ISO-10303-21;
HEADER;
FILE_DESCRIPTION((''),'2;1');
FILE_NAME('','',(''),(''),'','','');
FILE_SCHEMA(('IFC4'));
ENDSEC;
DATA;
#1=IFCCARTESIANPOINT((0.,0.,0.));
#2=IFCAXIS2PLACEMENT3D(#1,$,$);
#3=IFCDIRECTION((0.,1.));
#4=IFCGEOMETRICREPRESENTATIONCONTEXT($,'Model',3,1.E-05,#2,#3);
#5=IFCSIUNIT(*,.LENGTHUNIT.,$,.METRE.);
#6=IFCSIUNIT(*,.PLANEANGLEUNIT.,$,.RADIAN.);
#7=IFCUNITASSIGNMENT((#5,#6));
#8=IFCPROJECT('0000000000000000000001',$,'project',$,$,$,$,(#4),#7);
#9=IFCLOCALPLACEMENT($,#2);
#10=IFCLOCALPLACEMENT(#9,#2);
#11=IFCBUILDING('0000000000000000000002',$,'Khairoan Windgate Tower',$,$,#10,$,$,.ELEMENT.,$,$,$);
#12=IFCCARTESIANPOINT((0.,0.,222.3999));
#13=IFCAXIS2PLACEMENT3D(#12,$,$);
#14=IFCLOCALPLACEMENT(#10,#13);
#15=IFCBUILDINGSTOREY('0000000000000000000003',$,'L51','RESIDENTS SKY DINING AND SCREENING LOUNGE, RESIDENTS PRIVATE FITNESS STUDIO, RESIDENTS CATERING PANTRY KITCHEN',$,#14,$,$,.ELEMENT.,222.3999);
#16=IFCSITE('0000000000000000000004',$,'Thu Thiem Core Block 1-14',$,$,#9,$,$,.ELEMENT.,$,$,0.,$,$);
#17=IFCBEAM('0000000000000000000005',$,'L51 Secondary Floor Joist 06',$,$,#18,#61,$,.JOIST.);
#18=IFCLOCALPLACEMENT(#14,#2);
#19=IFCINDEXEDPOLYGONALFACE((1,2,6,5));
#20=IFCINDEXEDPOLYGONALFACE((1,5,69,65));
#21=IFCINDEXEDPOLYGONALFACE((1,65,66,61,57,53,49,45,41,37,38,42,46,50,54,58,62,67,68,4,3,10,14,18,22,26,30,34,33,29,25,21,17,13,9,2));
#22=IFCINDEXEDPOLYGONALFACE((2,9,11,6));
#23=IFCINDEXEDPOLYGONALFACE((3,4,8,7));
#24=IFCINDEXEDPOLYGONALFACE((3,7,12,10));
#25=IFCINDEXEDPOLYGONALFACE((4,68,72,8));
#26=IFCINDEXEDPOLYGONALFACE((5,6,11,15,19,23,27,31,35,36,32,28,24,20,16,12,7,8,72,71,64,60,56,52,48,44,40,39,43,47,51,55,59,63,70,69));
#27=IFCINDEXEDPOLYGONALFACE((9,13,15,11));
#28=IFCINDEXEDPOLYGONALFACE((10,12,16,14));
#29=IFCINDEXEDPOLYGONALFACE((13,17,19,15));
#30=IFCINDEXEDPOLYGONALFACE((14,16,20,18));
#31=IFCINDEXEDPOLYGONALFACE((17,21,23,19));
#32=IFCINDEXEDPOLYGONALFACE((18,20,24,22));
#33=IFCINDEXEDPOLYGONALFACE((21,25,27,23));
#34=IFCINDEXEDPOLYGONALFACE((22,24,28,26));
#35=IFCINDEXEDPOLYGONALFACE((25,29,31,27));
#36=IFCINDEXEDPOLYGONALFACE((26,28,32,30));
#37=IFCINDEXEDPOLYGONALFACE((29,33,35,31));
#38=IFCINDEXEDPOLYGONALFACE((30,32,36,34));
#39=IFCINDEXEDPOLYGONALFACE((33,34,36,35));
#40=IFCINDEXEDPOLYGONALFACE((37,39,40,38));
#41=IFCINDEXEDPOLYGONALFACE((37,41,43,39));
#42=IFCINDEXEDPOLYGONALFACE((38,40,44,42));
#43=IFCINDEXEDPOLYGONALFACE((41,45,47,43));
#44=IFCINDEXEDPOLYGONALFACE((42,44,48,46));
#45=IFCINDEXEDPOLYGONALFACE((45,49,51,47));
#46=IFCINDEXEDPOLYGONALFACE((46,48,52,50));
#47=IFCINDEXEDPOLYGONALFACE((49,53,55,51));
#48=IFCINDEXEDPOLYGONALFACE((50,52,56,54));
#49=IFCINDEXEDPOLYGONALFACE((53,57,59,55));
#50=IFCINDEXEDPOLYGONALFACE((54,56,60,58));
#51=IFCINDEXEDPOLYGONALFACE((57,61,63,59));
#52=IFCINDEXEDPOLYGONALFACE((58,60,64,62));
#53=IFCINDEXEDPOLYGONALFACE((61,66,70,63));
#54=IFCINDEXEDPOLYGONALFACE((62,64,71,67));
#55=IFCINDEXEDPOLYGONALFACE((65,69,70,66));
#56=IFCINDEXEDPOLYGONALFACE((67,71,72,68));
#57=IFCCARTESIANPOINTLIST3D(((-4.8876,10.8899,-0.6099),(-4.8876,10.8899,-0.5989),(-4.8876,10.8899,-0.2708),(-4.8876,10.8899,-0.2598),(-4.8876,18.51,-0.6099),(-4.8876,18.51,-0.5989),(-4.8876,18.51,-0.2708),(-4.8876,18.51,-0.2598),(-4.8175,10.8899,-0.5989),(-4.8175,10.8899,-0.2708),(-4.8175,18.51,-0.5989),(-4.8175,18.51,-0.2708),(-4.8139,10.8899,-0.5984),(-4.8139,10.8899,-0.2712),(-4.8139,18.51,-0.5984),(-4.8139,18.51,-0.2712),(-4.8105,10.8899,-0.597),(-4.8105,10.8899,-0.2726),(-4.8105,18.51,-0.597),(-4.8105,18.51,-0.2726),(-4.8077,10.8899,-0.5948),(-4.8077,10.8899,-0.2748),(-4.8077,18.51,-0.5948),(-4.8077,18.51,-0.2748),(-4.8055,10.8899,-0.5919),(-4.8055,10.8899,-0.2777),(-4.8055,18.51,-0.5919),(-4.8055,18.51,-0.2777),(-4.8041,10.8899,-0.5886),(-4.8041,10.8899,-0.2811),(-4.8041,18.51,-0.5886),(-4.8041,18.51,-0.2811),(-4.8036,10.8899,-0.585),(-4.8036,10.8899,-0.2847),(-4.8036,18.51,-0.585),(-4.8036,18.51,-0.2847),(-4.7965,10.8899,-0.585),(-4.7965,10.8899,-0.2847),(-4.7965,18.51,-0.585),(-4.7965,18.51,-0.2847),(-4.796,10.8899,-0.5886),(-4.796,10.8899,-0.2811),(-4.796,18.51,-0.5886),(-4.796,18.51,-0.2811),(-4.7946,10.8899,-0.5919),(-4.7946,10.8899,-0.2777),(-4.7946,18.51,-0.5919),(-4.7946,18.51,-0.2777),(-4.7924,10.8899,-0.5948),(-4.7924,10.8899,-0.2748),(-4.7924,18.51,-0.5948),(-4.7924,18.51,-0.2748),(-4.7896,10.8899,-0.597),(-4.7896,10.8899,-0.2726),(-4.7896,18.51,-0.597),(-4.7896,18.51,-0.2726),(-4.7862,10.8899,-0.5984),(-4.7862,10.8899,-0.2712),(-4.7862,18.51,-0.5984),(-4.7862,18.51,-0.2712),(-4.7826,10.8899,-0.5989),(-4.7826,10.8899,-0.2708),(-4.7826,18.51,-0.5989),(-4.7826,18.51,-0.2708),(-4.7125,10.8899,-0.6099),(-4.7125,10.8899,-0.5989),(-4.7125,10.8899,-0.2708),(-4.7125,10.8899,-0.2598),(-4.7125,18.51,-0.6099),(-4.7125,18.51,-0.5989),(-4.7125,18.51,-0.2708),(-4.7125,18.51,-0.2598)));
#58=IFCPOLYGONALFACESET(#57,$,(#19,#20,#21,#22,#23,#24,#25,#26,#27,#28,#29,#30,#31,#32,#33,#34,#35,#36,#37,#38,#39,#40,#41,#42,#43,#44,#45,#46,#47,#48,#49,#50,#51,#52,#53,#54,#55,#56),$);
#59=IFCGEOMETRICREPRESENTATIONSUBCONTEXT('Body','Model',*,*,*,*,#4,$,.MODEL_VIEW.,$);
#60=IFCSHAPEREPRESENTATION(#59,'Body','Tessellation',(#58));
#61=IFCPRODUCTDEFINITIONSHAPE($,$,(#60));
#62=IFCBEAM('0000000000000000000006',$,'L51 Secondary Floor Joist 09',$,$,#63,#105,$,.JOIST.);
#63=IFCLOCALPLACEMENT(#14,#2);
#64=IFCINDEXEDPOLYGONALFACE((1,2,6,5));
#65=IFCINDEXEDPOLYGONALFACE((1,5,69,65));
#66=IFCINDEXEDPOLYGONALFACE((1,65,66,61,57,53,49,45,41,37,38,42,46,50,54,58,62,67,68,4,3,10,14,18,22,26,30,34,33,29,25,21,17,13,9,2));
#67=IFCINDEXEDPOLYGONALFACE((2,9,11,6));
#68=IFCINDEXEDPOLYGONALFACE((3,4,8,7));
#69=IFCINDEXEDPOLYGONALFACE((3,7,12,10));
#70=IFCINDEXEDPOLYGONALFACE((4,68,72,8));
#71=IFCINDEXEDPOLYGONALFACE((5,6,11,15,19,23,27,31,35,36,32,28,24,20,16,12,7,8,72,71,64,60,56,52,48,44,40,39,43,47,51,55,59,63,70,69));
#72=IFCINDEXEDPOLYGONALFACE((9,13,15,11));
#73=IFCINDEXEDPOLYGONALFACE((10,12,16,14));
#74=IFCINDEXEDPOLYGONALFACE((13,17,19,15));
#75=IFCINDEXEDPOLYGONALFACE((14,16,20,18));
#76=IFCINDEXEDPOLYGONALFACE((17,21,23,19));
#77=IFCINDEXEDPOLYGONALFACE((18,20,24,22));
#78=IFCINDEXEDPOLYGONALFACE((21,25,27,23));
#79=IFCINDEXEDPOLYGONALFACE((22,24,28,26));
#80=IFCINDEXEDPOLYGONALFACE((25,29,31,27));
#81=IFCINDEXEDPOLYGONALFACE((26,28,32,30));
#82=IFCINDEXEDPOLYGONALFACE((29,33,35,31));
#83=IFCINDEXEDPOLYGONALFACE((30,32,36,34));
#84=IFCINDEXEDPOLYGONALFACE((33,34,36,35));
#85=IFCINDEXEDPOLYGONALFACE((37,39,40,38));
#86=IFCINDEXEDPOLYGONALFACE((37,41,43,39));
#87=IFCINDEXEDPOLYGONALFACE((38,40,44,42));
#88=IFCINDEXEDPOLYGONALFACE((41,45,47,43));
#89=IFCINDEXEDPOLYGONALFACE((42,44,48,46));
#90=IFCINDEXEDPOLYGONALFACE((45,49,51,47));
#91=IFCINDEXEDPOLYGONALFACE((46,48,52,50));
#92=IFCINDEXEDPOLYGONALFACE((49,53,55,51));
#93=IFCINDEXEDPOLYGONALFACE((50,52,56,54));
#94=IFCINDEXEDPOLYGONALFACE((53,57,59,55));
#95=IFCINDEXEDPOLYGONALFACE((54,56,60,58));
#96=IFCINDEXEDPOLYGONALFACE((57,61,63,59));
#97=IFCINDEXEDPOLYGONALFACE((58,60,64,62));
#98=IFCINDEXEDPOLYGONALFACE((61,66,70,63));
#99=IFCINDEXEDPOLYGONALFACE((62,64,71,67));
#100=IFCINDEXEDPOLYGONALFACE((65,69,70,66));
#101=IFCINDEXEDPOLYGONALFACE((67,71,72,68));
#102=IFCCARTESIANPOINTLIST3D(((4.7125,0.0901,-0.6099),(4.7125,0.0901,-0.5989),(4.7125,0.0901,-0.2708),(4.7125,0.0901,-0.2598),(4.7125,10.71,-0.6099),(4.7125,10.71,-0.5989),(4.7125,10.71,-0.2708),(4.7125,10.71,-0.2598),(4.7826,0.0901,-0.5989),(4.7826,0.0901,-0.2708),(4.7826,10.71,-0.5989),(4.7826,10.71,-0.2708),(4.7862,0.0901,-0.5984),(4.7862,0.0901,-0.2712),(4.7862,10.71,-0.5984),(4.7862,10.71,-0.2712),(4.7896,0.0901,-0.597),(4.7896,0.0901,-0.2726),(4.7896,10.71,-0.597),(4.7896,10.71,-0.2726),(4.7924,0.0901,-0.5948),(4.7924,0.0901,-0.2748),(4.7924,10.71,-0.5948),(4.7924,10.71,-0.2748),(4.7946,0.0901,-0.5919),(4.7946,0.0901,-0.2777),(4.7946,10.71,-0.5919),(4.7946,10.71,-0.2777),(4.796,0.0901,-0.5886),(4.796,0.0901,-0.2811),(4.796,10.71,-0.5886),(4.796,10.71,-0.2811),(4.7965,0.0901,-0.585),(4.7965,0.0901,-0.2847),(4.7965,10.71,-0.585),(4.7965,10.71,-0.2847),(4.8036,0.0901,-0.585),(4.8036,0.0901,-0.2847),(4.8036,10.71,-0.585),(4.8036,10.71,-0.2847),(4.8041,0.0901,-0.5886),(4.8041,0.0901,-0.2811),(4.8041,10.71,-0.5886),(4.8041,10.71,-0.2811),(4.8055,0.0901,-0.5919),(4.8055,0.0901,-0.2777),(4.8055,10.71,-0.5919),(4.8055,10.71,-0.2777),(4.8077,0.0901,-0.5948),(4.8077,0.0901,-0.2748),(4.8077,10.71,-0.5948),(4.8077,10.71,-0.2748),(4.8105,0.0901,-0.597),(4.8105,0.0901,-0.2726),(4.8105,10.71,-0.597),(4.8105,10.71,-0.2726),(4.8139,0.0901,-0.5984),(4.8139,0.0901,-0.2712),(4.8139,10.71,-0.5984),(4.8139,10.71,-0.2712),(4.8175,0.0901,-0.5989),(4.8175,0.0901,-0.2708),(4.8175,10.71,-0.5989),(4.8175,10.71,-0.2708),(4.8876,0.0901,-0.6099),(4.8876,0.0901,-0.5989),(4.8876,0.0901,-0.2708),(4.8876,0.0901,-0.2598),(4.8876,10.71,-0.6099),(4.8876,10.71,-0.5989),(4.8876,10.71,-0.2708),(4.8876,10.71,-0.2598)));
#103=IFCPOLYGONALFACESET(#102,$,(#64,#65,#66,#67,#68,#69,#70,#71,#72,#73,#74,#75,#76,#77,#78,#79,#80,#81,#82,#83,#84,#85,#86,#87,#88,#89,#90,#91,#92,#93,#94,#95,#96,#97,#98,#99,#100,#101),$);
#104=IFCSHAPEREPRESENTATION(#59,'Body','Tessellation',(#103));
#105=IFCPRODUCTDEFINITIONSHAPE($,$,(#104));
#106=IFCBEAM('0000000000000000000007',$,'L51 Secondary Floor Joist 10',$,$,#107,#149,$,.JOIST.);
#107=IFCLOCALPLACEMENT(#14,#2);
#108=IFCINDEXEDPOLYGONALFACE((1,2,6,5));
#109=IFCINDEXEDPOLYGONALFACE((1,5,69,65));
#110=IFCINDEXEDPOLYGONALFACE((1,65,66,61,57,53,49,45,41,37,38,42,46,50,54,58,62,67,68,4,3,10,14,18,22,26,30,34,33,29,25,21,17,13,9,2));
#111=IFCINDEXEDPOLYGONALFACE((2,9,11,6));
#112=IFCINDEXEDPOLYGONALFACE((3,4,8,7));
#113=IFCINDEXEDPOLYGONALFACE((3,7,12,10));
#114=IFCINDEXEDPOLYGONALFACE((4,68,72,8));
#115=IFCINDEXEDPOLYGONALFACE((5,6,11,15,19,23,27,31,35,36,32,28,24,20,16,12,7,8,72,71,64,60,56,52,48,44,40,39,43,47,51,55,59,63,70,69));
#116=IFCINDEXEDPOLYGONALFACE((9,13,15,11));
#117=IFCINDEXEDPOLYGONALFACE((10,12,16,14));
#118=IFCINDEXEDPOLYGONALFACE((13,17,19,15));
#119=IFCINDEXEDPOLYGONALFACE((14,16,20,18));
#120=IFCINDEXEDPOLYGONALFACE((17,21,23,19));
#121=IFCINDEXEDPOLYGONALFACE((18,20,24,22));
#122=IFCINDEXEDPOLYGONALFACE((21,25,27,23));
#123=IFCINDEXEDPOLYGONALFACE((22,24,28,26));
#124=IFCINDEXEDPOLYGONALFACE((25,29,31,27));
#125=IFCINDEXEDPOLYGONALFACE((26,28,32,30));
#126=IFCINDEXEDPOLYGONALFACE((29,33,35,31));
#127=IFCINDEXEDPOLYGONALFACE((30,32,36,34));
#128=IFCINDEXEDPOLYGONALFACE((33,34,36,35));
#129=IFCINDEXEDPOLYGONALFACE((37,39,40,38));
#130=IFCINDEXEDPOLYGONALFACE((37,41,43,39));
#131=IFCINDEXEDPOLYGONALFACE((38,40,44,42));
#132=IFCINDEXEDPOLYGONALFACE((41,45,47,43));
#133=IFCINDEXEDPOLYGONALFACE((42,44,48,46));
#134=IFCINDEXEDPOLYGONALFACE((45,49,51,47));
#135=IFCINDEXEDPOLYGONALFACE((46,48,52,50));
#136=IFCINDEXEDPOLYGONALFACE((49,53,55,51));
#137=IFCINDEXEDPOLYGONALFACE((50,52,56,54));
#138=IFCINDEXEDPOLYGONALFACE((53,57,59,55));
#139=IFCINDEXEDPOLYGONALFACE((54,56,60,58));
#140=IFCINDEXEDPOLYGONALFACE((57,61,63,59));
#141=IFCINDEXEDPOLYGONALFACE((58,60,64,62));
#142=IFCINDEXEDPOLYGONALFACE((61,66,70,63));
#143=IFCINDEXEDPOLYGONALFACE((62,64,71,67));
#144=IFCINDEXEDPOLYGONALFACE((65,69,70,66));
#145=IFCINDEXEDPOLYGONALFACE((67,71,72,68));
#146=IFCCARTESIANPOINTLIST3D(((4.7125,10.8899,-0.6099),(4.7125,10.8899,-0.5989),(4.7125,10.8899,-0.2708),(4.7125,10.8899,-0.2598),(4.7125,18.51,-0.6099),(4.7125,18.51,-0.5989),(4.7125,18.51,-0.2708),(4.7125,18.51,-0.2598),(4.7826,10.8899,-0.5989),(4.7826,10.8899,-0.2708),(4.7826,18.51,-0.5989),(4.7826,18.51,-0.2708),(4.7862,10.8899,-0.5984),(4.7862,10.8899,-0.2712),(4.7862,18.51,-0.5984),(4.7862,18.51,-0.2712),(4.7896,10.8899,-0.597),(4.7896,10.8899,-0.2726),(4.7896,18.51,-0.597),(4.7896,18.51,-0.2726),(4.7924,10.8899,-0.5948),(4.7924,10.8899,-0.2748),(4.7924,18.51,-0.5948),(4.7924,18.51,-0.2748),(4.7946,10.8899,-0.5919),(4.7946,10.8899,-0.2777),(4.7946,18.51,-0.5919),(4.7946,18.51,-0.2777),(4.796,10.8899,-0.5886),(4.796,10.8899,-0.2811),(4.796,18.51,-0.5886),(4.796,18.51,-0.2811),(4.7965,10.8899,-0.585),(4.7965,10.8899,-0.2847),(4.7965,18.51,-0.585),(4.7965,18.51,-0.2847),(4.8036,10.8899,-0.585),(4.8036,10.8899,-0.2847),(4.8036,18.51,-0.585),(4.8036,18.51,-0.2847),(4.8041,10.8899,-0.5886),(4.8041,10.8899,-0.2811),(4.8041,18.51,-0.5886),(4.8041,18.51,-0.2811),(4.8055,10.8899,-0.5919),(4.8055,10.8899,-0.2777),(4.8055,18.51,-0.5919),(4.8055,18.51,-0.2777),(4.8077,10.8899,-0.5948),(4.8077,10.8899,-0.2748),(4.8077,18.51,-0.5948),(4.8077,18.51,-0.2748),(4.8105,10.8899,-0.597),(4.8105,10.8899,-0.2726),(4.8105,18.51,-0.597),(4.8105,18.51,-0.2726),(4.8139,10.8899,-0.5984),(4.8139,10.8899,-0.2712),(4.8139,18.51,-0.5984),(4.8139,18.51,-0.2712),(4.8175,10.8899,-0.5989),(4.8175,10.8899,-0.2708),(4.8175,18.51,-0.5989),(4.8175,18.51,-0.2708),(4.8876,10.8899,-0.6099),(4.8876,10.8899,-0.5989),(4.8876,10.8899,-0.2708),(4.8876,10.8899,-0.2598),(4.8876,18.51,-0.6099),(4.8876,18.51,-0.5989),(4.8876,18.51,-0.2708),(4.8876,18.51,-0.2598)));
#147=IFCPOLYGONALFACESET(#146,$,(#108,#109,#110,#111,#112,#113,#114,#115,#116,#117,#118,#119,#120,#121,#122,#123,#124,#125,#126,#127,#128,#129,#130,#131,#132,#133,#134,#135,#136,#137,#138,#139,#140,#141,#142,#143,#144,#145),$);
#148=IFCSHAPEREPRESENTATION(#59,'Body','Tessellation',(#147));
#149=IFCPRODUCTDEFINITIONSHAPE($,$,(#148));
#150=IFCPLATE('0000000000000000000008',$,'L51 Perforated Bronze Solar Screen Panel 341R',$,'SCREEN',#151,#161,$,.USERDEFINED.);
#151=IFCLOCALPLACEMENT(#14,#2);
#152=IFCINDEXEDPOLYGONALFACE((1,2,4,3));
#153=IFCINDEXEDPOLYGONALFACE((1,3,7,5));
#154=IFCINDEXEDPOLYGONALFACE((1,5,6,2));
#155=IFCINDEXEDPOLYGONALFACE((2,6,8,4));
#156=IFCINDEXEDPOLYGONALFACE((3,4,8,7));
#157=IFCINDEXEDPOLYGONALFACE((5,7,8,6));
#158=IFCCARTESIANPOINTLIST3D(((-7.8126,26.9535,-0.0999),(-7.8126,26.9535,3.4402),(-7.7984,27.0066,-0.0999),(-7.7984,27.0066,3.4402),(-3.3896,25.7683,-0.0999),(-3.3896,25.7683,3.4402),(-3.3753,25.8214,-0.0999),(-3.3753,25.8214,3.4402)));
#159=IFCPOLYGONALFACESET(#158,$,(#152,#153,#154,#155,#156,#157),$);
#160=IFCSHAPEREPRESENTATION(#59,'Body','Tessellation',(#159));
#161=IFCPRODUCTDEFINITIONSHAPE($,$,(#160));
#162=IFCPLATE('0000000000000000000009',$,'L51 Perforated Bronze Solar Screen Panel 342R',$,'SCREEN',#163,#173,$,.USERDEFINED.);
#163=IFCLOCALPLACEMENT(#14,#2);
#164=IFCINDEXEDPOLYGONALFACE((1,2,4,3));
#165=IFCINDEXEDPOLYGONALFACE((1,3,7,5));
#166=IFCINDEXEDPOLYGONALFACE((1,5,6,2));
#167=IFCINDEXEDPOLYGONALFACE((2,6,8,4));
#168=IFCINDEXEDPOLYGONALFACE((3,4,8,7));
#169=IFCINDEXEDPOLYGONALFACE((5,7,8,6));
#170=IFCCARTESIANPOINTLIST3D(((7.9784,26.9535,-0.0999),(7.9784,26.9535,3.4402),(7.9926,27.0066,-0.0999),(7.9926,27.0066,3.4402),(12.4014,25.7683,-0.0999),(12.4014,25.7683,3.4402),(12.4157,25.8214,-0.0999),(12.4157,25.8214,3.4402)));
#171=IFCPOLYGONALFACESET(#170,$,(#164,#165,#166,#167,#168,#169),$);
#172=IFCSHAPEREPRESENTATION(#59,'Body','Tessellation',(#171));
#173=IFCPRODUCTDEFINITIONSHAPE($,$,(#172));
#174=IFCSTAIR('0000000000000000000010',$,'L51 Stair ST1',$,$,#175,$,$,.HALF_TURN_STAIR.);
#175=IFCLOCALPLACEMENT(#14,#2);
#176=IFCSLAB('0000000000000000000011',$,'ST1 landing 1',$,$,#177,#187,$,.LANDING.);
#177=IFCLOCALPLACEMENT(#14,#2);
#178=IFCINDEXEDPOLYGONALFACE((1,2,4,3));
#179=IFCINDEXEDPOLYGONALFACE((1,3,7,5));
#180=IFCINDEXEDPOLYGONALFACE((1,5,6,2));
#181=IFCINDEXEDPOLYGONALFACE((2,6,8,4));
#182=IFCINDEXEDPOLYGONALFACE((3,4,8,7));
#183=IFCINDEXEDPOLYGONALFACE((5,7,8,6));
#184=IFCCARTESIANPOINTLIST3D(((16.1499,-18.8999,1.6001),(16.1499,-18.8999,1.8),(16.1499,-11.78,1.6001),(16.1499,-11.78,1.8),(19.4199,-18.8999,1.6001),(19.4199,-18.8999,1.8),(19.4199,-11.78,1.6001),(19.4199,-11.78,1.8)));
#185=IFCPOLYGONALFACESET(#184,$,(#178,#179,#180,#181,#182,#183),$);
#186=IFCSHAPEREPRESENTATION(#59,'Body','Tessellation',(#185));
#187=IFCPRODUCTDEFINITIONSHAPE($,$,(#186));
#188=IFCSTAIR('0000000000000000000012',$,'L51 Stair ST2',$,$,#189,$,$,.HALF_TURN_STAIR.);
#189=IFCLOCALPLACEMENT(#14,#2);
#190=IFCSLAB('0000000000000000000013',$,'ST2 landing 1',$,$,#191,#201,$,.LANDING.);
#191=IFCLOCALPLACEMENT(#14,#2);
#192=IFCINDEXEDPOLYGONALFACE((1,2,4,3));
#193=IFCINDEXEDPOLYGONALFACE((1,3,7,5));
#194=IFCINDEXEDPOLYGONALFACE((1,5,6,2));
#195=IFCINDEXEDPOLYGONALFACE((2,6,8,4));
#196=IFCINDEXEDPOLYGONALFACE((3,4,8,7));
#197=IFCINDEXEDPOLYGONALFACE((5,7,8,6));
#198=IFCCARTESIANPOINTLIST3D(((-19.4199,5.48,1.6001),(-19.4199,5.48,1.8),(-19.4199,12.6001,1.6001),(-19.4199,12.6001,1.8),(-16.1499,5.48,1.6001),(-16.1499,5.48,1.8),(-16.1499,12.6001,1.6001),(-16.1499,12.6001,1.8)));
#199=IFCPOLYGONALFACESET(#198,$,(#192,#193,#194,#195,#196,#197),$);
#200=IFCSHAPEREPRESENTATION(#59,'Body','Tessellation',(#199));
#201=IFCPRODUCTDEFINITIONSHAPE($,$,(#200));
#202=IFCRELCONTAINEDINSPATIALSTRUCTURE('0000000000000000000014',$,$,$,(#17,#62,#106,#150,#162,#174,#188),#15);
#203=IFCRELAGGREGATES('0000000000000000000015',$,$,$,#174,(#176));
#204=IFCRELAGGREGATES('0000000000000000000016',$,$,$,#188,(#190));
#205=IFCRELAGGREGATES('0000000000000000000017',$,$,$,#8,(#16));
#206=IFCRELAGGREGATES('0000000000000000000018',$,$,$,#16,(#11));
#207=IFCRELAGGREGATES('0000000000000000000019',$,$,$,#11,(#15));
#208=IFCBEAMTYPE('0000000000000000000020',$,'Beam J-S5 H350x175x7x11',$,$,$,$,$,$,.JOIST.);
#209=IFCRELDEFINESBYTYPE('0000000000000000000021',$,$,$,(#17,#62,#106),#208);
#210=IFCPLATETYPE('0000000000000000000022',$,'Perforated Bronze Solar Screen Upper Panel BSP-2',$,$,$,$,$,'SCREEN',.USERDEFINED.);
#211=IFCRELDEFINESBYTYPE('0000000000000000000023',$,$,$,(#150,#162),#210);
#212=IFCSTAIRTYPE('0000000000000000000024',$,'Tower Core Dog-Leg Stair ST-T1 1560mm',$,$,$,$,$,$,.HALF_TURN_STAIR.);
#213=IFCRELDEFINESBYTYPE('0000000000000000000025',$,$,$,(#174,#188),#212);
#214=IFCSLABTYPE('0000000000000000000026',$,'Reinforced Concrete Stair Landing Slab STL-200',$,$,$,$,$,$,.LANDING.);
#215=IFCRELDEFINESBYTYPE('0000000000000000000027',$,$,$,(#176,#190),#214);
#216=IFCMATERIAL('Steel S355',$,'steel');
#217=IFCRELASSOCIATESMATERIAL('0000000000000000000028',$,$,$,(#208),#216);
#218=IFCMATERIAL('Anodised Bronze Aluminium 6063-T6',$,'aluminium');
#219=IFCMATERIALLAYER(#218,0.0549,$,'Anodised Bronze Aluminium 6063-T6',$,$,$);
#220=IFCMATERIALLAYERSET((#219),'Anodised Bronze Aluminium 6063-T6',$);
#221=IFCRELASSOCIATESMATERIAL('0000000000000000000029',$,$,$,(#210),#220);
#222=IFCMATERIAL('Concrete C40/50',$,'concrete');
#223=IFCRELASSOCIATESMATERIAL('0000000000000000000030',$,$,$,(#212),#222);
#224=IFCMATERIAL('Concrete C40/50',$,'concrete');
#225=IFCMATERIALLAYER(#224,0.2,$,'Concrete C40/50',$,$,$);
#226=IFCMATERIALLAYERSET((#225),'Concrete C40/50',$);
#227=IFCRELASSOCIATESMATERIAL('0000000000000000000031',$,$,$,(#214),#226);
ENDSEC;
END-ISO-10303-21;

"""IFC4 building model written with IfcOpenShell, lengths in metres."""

from ifc_helpers import new_model, si_unit, direction, frame, origin, origin_2d, place, context, subcontext, project, spatial, polyline, rectangle, i_section, outline, extrude, material, layer, layer_set, material_profile, profile_set, type_object, element, aggregate, save


model = new_model("IFC4")

# Units and contexts
model_context = context("Model", 3, precision=1e-05, world=origin(), true_north=direction((0.0, 1.0)))
body_context = subcontext(model_context, "Body", "Model", "MODEL_VIEW")
ifc_project = project(units=[si_unit("LENGTHUNIT", "METRE"), si_unit("PLANEANGLEUNIT", "RADIAN")], contexts=[model_context])

# Site, building, storey
site_placement = place(None, origin())
site = spatial("IfcSite", under=ifc_project, at=site_placement, Name="Thu Thiem Core Block 1-14", CompositionType="ELEMENT", RefElevation=0.0)
building_placement = place(site_placement, origin())
building = spatial("IfcBuilding", under=site, at=building_placement, Name="Khairoan Windgate Tower", CompositionType="ELEMENT")
storey_placement = place(building_placement, frame((0.0, 0.0, 222.3999)))
storey = spatial("IfcBuildingStorey", under=building, at=storey_placement, Name="L51", Description="RESIDENTS SKY DINING AND SCREENING LOUNGE, RESIDENTS PRIVATE FITNESS STUDIO, RESIDENTS CATERING PANTRY KITCHEN", CompositionType="ELEMENT", Elevation=222.3999)

# Beams
ifc_material_1 = material(Name="Steel S355", Category="steel")
ifc_material_profile_1 = material_profile(ifc_material_1, i_section(OverallWidth=0.175, OverallDepth=0.3501, WebThickness=0.0071, FlangeThickness=0.011, FilletRadius=0.0139, at=origin_2d()))
ifc_profile_set_1 = profile_set([ifc_material_profile_1], Name="Steel S355")
beam_type_1 = type_object("IfcBeamType", Name="Beam J-S5 H350x175x7x11", PredefinedType="JOIST", material=ifc_profile_set_1)
beam_1_placement = place(storey_placement, frame((-4.8, 10.8899, -0.4348), z_axis=(0.0, 1.0, 0.0), x_axis=(-1.0, 0.0, 0.0)))
element("IfcBeam", 1, at=beam_1_placement, inside=storey, type_object=beam_type_1, Name="L51 Secondary Floor Joist 06", PredefinedType="JOIST", context=body_context, shape_type="SweptSolid", body=[
    extrude(i_section(OverallWidth=0.175, OverallDepth=0.3501, WebThickness=0.0071, FlangeThickness=0.011, FilletRadius=0.0139, at=origin_2d()), origin(), (0.0, 0.0, 1.0), 7.6201),
])
beam_2_placement = place(storey_placement, frame((4.8, 0.0901, -0.4348), z_axis=(0.0, 1.0, 0.0), x_axis=(-1.0, 0.0, 0.0)))
element("IfcBeam", 2, at=beam_2_placement, inside=storey, type_object=beam_type_1, Name="L51 Secondary Floor Joist 09", PredefinedType="JOIST", context=body_context, shape_type="SweptSolid", body=[
    extrude(i_section(OverallWidth=0.175, OverallDepth=0.3501, WebThickness=0.0071, FlangeThickness=0.011, FilletRadius=0.0139, at=origin_2d()), origin(), (0.0, 0.0, 1.0), 10.6199),
])
beam_3_placement = place(storey_placement, frame((4.8, 10.8899, -0.4348), z_axis=(0.0, 1.0, 0.0), x_axis=(-1.0, 0.0, 0.0)))
element("IfcBeam", 3, at=beam_3_placement, inside=storey, type_object=beam_type_1, Name="L51 Secondary Floor Joist 10", PredefinedType="JOIST", context=body_context, shape_type="SweptSolid", body=[
    extrude(i_section(OverallWidth=0.175, OverallDepth=0.3501, WebThickness=0.0071, FlangeThickness=0.011, FilletRadius=0.0139, at=origin_2d()), origin(), (0.0, 0.0, 1.0), 7.6201),
])

# Plates
ifc_material_2 = material(Name="Anodised Bronze Aluminium 6063-T6", Category="aluminium")
ifc_layer_1 = layer(ifc_material_2, 0.0549, Name="Anodised Bronze Aluminium 6063-T6")
ifc_layer_set_1 = layer_set([ifc_layer_1], Name="Anodised Bronze Aluminium 6063-T6")
plate_type = type_object("IfcPlateType", Name="Perforated Bronze Solar Screen Upper Panel BSP-2", ElementType="SCREEN", PredefinedType="USERDEFINED", material=ifc_layer_set_1)
for number, where, z_axis, x_axis, name in (
    (4, (-5.594, 26.3875, -0.0999), (0.0, 0.0, 1.0), (0.965926, -0.258819, 0.0), "L51 Perforated Bronze Solar Screen Panel 341R"),
    (5, (10.197, 26.3875, -0.0999), (0.0, 0.0, 1.0), (0.965926, -0.258819, 0.0), "L51 Perforated Bronze Solar Screen Panel 342R"),
):
    element("IfcPlate", number, at=place(storey_placement, frame(where, z_axis=z_axis, x_axis=x_axis)), inside=storey, type_object=plate_type, Name=name, ObjectType="SCREEN", PredefinedType="USERDEFINED", context=body_context, shape_type="SweptSolid", body=[
        extrude(rectangle(XDim=4.5791, YDim=0.0549, at=origin_2d()), origin(), (0.0, 0.0, 1.0), 3.54),
    ])

# Stairs, slabs
ifc_material_3 = material(Name="Concrete C40/50", Category="concrete")
stair_type = type_object("IfcStairType", Name="Tower Core Dog-Leg Stair ST-T1 1560mm", PredefinedType="HALF_TURN_STAIR", material=ifc_material_3)
stair_1_placement = place(storey_placement, origin())
stair_1 = element("IfcStair", 6, at=stair_1_placement, inside=storey, type_object=stair_type, Name="L51 Stair ST1", PredefinedType="HALF_TURN_STAIR")
ifc_material_4 = material(Name="Concrete C40/50", Category="concrete")
ifc_layer_2 = layer(ifc_material_4, 0.2, Name="Concrete C40/50")
ifc_layer_set_2 = layer_set([ifc_layer_2], Name="Concrete C40/50")
slab_type_1 = type_object("IfcSlabType", Name="Reinforced Concrete Stair Landing Slab STL-200", PredefinedType="LANDING", material=ifc_layer_set_2)
slab_1_placement = place(storey_placement, frame((0.0, 0.0, 1.6001)))
slab_1 = element("IfcSlab", 7, at=slab_1_placement, type_object=slab_type_1, Name="ST1 landing 1", PredefinedType="LANDING", context=body_context, shape_type="SweptSolid", body=[
    extrude(outline(polyline([(16.1499, -11.78), (16.1499, -18.8999), (19.4199, -18.8999), (19.4199, -11.78), (16.1499, -11.78)])), origin(), (0.0, 0.0, 1.0), 0.2),
])
aggregate(stair_1, [slab_1])
stair_2_placement = place(storey_placement, origin())
stair_2 = element("IfcStair", 8, at=stair_2_placement, inside=storey, type_object=stair_type, Name="L51 Stair ST2", PredefinedType="HALF_TURN_STAIR")
slab_2_placement = place(storey_placement, frame((0.0, 0.0, 1.6001)))
slab_2 = element("IfcSlab", 9, at=slab_2_placement, type_object=slab_type_1, Name="ST2 landing 1", PredefinedType="LANDING", context=body_context, shape_type="SweptSolid", body=[
    extrude(outline(polyline([(-16.1499, 5.48), (-16.1499, 12.6001), (-19.4199, 12.6001), (-19.4199, 5.48), (-16.1499, 5.48)])), origin(), (0.0, 0.0, 1.0), 0.2),
])
aggregate(stair_2, [slab_2])

save(model, "model.ifc")
